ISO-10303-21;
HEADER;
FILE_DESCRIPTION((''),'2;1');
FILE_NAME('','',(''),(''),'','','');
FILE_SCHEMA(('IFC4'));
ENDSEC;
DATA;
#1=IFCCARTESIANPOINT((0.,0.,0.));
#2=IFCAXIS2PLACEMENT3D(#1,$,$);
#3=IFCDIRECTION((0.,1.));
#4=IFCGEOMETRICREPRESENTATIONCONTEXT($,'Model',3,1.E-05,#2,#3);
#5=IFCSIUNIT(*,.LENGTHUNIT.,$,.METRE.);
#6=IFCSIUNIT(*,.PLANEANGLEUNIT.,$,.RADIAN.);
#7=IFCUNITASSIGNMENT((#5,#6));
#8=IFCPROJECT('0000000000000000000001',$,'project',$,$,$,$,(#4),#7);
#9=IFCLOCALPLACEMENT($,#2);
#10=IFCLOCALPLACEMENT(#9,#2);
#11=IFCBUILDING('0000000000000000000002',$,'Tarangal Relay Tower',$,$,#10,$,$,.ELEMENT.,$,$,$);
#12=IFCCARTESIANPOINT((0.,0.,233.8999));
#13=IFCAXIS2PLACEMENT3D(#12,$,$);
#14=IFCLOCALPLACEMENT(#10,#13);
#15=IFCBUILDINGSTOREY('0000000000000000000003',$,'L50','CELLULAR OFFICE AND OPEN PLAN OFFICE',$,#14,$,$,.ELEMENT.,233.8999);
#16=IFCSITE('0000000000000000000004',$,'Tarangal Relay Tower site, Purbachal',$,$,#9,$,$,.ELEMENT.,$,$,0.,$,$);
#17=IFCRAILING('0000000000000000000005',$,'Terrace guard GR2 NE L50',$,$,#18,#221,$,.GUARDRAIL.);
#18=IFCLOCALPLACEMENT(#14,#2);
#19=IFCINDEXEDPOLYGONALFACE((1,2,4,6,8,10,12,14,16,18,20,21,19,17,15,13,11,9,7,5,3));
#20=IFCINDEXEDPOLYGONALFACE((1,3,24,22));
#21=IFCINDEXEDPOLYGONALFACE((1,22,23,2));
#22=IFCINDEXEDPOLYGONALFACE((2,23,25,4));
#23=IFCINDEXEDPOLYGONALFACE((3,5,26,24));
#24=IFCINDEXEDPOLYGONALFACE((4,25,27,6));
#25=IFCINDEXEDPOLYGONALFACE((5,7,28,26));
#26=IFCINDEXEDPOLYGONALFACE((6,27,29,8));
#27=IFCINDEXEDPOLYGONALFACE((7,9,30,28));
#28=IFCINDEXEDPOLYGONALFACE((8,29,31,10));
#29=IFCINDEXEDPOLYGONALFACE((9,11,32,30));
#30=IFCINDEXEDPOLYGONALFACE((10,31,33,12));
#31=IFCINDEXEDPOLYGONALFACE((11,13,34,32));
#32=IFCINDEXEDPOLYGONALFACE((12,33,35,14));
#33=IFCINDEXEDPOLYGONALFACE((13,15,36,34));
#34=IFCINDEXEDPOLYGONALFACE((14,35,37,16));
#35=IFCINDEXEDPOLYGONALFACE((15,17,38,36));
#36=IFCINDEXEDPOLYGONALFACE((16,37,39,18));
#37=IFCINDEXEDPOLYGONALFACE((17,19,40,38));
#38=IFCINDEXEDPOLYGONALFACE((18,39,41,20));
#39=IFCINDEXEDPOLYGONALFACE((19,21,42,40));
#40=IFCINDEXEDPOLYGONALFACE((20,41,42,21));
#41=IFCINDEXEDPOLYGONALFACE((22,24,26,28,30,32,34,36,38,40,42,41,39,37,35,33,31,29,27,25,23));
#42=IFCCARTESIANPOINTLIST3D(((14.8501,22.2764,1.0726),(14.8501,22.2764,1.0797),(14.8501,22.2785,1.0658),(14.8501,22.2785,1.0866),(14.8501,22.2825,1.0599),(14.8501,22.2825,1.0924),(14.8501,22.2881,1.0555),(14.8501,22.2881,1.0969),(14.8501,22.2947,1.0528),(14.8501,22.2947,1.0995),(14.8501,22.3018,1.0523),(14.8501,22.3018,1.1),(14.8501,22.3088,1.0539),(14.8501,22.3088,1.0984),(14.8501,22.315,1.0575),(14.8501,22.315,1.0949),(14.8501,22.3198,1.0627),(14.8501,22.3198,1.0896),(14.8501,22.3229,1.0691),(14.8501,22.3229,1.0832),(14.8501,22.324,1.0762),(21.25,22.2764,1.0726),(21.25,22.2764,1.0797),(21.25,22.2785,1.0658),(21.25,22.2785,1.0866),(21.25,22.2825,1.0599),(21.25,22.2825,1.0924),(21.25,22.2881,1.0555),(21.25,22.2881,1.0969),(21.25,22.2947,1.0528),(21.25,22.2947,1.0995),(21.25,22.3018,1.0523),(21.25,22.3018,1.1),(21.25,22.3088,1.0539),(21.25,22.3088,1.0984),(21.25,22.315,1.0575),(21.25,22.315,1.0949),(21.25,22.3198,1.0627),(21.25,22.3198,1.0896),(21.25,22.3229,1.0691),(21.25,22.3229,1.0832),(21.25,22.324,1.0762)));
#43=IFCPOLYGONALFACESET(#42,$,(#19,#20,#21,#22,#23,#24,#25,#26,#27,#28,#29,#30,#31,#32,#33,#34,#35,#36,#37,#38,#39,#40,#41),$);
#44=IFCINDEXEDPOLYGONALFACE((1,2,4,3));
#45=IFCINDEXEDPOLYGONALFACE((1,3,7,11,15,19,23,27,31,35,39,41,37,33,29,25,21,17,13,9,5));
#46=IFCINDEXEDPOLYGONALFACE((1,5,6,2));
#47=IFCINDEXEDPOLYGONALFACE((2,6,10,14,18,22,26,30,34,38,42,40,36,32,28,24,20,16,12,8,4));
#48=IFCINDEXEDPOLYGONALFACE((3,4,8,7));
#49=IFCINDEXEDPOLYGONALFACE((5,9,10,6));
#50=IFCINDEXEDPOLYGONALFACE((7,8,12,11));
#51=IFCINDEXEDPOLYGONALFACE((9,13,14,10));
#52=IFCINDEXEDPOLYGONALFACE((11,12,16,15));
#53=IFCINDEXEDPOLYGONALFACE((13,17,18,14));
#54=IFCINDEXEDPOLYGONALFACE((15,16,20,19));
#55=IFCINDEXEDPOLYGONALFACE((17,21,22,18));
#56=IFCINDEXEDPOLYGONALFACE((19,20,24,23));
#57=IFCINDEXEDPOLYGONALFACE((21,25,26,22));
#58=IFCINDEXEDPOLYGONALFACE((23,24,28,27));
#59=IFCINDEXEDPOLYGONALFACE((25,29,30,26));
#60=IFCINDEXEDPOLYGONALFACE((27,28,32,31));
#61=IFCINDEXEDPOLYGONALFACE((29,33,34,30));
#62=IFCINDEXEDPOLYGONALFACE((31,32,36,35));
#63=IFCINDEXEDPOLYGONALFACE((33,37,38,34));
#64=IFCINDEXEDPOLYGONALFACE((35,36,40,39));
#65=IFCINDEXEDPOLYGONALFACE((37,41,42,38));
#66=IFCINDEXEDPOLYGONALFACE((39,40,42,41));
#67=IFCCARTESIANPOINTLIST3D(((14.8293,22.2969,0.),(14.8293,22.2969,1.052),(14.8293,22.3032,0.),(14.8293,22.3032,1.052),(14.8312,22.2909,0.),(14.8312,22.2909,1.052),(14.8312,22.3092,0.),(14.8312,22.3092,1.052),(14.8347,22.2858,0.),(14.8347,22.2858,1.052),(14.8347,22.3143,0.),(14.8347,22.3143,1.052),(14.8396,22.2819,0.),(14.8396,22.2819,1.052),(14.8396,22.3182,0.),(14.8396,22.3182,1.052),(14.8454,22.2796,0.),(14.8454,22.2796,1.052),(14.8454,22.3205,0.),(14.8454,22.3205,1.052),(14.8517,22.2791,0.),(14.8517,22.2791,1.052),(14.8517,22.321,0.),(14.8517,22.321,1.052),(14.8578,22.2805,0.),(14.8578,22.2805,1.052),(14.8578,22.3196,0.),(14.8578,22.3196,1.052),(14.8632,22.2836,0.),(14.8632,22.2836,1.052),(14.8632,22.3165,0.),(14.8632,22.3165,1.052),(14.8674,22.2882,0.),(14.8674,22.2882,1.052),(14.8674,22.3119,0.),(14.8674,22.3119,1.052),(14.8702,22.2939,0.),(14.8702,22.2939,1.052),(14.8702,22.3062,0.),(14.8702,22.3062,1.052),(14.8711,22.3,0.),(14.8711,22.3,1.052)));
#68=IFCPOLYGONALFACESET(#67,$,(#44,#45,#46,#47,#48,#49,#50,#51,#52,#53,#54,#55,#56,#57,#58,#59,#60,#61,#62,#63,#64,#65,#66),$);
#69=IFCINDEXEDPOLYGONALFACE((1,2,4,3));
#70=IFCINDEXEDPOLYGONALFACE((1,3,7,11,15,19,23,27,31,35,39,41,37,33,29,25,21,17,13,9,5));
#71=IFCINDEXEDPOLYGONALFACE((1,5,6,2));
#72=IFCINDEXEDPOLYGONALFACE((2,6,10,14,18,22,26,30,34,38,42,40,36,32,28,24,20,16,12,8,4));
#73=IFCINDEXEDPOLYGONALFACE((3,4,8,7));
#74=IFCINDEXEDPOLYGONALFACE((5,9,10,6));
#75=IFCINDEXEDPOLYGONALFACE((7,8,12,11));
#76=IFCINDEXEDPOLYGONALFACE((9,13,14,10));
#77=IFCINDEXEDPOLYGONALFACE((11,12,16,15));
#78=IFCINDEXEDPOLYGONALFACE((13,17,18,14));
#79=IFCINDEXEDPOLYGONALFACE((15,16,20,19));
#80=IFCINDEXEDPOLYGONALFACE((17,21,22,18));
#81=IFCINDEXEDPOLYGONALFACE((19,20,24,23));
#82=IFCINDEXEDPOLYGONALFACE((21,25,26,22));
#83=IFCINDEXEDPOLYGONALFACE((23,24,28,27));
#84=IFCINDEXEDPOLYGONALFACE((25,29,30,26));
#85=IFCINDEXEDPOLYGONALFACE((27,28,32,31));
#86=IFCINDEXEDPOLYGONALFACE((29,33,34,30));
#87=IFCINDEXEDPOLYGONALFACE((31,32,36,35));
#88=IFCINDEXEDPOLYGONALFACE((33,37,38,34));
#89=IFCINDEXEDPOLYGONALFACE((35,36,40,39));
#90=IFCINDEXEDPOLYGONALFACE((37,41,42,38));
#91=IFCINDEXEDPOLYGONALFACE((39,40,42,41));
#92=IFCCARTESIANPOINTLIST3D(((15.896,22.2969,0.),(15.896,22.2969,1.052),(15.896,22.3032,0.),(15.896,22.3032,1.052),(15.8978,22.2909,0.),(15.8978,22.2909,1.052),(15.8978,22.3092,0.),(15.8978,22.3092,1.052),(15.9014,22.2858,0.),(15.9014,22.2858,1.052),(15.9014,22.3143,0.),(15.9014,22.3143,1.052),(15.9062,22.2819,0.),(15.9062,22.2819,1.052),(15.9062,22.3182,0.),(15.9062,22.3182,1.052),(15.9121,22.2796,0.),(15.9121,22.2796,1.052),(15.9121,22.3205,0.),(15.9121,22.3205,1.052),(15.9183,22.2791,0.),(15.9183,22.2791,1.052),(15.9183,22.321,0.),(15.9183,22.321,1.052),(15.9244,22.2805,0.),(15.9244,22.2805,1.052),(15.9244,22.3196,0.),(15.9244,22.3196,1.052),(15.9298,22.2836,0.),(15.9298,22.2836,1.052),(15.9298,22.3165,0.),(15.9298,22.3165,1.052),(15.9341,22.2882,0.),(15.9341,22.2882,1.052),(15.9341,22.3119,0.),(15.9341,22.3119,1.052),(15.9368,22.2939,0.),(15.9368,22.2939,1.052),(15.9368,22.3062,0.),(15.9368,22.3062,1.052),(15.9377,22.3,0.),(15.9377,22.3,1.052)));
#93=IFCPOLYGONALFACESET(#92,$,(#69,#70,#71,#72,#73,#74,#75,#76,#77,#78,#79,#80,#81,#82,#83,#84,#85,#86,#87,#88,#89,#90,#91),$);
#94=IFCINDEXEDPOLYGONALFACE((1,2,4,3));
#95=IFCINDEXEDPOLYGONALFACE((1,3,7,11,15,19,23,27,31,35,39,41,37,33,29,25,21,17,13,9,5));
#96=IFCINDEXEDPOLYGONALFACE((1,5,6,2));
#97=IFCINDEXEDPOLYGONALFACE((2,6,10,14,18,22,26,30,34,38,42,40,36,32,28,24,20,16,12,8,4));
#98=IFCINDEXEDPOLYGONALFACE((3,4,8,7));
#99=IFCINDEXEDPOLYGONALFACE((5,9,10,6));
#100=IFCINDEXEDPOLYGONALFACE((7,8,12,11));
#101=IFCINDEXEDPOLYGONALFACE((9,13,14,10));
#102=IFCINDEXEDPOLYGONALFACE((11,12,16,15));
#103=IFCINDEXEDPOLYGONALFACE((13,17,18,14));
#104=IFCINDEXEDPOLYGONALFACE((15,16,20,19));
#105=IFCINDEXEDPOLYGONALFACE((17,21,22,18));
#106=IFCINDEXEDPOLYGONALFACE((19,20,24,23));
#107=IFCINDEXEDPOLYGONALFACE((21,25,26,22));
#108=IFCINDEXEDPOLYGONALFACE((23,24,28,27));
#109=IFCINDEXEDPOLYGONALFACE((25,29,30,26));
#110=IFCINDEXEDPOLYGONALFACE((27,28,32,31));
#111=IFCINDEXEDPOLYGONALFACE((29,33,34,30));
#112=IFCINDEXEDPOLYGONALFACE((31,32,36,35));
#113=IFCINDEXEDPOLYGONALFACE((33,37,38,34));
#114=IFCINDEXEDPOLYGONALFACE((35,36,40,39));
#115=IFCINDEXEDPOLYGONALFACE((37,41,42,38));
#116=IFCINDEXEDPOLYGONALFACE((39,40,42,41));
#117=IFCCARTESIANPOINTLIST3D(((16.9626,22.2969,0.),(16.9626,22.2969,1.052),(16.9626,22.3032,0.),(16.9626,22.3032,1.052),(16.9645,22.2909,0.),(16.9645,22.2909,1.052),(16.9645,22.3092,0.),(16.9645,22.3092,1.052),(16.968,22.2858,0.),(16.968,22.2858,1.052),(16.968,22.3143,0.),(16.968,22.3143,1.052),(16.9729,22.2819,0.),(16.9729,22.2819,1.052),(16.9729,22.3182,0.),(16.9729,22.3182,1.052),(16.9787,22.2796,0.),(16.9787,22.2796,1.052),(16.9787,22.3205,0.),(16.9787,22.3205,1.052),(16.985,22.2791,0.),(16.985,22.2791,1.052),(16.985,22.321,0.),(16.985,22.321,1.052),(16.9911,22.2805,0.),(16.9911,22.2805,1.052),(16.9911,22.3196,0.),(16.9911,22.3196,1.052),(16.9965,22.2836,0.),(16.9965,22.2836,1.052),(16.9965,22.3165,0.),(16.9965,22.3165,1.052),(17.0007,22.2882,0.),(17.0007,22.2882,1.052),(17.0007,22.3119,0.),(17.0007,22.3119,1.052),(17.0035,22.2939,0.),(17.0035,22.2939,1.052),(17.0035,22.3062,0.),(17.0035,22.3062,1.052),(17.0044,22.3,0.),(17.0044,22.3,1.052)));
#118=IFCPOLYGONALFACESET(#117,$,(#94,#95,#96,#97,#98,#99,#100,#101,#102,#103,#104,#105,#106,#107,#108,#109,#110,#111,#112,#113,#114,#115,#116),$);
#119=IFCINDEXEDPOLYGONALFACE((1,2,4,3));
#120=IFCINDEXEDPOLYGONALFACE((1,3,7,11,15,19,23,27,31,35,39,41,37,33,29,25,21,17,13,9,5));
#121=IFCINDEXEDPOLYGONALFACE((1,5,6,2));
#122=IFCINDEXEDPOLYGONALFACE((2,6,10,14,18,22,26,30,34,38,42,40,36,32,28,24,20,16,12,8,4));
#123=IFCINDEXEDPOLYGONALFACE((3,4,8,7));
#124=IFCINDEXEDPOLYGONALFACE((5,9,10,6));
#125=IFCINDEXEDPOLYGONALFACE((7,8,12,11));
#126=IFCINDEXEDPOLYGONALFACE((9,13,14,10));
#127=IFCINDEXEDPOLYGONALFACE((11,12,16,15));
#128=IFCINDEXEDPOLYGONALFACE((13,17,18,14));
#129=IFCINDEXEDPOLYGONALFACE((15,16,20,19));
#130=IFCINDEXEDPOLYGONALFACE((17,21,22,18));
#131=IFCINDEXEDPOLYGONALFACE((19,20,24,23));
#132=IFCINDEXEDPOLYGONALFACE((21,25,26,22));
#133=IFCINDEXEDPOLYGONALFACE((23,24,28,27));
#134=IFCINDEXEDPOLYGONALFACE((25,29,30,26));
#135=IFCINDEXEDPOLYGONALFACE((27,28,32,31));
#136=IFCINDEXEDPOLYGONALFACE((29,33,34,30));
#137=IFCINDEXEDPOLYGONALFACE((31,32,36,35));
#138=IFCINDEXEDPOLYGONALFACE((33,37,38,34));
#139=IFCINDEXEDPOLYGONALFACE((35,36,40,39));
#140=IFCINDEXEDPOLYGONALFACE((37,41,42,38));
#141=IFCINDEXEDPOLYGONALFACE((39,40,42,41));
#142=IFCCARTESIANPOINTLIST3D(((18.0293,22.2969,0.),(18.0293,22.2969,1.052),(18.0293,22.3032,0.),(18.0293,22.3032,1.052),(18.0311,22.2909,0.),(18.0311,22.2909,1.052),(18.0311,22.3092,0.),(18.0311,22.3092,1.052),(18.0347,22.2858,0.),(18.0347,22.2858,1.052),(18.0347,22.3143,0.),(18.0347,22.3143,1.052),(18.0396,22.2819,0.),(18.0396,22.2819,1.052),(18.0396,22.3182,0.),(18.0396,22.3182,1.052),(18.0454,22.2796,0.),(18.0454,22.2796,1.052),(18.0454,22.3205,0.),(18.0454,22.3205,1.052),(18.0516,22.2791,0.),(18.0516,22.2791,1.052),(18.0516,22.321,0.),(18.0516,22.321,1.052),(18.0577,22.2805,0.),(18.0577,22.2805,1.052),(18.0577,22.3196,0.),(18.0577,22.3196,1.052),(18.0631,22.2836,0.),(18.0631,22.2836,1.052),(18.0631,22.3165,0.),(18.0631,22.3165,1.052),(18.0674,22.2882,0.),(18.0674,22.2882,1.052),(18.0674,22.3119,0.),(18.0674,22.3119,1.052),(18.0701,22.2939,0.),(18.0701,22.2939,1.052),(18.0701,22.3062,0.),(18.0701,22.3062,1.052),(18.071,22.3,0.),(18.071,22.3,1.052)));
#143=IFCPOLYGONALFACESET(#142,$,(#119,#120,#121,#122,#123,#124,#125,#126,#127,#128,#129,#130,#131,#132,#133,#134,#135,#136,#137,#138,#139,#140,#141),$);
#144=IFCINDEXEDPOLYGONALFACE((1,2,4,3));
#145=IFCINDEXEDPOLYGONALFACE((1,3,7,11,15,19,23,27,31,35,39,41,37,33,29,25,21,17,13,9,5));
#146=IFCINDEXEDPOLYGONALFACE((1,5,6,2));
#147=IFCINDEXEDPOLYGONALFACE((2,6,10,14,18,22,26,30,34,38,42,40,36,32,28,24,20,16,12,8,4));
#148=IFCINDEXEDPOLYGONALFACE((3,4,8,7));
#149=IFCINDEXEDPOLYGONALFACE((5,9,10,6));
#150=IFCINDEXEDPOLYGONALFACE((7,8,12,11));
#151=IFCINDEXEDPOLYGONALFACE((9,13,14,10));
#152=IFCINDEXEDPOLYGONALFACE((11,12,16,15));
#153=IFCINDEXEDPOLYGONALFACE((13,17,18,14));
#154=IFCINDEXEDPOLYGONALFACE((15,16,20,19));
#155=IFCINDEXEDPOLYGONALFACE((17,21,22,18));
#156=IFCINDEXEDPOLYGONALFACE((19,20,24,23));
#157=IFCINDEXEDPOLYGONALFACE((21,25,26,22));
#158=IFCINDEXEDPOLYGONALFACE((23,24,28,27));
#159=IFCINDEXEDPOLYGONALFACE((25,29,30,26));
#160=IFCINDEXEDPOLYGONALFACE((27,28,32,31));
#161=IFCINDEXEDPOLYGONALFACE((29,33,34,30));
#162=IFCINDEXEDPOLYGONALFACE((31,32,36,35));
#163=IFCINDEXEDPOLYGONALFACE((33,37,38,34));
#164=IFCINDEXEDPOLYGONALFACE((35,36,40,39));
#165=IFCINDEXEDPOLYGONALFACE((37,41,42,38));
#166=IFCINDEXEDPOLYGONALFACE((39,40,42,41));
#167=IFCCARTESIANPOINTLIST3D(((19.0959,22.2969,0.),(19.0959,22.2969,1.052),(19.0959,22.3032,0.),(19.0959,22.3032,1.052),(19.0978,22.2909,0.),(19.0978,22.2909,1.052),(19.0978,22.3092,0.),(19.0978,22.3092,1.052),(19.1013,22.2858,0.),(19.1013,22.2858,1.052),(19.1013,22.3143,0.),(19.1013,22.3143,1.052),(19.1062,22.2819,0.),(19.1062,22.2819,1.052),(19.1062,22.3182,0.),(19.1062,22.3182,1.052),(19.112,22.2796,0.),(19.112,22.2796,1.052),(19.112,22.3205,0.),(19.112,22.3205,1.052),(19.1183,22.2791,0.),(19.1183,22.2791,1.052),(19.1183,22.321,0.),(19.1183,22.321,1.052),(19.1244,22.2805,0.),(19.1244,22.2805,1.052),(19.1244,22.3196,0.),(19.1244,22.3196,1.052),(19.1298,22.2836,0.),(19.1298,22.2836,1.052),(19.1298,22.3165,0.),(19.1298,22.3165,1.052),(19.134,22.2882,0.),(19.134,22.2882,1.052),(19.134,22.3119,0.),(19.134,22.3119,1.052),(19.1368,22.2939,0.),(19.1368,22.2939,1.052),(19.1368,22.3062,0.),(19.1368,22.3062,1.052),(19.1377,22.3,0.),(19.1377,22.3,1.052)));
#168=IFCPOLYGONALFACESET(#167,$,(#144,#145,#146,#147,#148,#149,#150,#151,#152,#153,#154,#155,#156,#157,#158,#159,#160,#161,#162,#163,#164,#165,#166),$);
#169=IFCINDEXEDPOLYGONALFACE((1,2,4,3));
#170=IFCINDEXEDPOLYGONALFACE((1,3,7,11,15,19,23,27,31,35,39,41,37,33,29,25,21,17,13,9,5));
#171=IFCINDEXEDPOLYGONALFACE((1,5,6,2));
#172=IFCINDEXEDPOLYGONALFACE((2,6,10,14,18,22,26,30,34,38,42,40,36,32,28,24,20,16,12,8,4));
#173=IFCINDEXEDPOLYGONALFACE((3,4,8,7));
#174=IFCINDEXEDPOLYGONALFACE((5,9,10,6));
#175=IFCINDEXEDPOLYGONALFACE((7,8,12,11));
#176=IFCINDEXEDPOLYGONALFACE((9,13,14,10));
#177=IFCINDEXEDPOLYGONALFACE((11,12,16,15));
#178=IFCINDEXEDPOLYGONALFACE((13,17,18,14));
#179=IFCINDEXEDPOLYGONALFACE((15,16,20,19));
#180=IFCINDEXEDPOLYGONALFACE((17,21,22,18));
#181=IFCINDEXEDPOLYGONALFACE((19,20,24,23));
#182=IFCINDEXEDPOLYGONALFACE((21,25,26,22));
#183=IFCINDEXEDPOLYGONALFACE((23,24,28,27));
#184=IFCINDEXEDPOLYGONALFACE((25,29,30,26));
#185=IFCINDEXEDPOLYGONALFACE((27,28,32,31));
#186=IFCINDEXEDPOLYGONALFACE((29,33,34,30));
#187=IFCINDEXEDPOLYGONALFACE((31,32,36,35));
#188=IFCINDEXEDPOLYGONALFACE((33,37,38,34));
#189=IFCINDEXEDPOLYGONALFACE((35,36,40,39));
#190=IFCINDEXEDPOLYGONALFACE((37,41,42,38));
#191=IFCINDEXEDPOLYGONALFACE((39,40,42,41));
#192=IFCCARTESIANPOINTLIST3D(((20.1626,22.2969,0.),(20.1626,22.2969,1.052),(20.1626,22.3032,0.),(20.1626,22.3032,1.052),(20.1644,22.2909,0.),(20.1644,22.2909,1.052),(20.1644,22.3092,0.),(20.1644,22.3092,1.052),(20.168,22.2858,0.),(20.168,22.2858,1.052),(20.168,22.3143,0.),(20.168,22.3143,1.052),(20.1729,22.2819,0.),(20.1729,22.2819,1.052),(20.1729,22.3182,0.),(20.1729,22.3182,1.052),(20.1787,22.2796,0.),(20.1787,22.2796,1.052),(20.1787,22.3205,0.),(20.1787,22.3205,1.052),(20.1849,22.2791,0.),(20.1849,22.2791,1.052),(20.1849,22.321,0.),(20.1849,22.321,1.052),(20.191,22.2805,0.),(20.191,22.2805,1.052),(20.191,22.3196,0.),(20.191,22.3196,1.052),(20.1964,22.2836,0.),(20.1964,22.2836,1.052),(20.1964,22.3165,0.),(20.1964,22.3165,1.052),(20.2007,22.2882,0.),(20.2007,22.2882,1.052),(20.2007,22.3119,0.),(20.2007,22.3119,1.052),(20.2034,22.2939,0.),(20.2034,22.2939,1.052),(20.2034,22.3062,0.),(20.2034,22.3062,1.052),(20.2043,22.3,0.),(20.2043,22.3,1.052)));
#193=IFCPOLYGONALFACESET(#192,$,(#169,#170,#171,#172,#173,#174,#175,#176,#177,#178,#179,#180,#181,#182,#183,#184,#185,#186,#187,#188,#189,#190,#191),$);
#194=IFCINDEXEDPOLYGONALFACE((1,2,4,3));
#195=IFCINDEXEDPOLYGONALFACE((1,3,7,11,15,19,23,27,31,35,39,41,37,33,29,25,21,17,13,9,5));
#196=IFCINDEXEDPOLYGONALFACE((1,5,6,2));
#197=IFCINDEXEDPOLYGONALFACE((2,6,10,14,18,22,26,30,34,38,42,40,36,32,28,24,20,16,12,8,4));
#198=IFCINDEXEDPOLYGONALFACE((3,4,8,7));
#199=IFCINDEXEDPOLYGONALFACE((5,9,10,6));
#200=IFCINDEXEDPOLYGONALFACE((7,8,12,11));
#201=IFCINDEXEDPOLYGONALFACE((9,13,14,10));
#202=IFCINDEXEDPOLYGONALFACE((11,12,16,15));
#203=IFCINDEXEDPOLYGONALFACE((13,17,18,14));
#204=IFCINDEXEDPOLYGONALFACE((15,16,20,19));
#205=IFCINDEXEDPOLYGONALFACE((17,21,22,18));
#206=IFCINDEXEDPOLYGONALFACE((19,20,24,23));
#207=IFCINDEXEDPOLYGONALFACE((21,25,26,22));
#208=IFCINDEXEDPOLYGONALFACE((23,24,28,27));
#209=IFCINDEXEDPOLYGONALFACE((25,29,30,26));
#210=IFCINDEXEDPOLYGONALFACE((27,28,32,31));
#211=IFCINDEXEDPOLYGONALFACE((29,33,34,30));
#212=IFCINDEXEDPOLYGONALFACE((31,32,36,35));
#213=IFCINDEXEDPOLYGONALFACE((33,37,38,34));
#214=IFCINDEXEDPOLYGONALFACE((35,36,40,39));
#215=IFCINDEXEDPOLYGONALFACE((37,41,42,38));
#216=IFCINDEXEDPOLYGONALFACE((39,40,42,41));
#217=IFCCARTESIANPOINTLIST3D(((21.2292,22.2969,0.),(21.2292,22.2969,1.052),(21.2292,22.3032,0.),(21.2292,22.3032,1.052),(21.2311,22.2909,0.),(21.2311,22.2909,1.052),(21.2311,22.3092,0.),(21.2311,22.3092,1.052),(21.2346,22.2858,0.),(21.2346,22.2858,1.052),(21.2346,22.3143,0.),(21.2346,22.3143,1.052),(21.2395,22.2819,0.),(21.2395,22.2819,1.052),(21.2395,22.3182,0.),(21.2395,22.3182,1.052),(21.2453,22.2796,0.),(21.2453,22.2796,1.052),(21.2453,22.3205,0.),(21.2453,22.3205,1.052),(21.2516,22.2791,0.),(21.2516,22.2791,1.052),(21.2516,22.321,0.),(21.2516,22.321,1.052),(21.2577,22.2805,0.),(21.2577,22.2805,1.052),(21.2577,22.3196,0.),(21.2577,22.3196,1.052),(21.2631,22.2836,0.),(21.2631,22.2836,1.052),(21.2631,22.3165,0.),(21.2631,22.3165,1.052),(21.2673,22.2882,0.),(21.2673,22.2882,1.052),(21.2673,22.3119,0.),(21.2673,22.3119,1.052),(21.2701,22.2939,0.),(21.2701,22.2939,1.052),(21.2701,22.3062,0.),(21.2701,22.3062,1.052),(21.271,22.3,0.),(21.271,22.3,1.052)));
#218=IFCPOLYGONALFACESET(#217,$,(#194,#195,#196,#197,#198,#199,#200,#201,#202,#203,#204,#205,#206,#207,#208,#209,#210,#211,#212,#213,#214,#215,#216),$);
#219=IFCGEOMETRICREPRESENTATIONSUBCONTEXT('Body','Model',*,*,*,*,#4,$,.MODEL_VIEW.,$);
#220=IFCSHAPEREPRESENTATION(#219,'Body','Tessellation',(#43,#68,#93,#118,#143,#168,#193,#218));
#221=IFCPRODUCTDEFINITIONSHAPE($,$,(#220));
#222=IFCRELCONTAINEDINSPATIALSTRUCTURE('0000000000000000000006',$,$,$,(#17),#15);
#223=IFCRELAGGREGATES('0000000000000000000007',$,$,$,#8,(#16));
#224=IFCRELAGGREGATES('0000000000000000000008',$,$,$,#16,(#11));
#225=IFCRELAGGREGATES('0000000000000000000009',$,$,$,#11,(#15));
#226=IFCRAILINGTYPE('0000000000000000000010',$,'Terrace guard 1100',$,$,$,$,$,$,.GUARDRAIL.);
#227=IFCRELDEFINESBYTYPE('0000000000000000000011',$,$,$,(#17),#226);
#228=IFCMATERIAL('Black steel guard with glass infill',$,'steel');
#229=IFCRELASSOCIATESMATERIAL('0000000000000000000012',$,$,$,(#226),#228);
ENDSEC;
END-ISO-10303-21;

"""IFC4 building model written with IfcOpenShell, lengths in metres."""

from ifc_helpers import new_model, si_unit, direction, frame, origin, origin_2d, place, context, subcontext, project, spatial, circle, extrude, material, type_object, element, save


model = new_model("IFC4")

# Units and contexts
model_context = context("Model", 3, precision=1e-05, world=origin(), true_north=direction((0.0, 1.0)))
body_context = subcontext(model_context, "Body", "Model", "MODEL_VIEW")
ifc_project = project(units=[si_unit("LENGTHUNIT", "METRE"), si_unit("PLANEANGLEUNIT", "RADIAN")], contexts=[model_context])

# Site, building, storey
site_placement = place(None, origin())
site = spatial("IfcSite", under=ifc_project, at=site_placement, Name="Tarangal Relay Tower site, Purbachal", CompositionType="ELEMENT", RefElevation=0.0)
building_placement = place(site_placement, origin())
building = spatial("IfcBuilding", under=site, at=building_placement, Name="Tarangal Relay Tower", CompositionType="ELEMENT")
storey_placement = place(building_placement, frame((0.0, 0.0, 233.8999)))
storey = spatial("IfcBuildingStorey", under=building, at=storey_placement, Name="L50", Description="CELLULAR OFFICE AND OPEN PLAN OFFICE", CompositionType="ELEMENT", Elevation=233.8999)

# Railing
ifc_material_1 = material(Name="Black steel guard with glass infill", Category="steel")
railing_type = type_object("IfcRailingType", Name="Terrace guard 1100", PredefinedType="GUARDRAIL", material=ifc_material_1)
railing_1_placement = place(storey_placement, frame((14.8501, 22.3, 0.0)))
element("IfcRailing", 1, at=railing_1_placement, inside=storey, type_object=railing_type, Name="Terrace guard GR2 NE L50", PredefinedType="GUARDRAIL", context=body_context, shape_type="SweptSolid", body=[
    extrude(circle(Radius=0.0239, at=origin_2d()), frame((0.0, 0.0, 1.0762), z_axis=(1.0, 0.0, 0.0), x_axis=(0.0, 1.0, 0.0)), (0.0, 0.0, 1.0), 6.3999),
    extrude(circle(Radius=0.021, at=origin_2d()), origin(), (0.0, 0.0, 1.0), 1.052),
    extrude(circle(Radius=0.021, at=origin_2d()), frame((1.0667, 0.0, 0.0)), (0.0, 0.0, 1.0), 1.052),
    extrude(circle(Radius=0.021, at=origin_2d()), frame((2.1333, 0.0, 0.0)), (0.0, 0.0, 1.0), 1.052),
    extrude(circle(Radius=0.021, at=origin_2d()), frame((3.2, 0.0, 0.0)), (0.0, 0.0, 1.0), 1.052),
    extrude(circle(Radius=0.021, at=origin_2d()), frame((4.2666, 0.0, 0.0)), (0.0, 0.0, 1.0), 1.052),
    extrude(circle(Radius=0.021, at=origin_2d()), frame((5.3333, 0.0, 0.0)), (0.0, 0.0, 1.0), 1.052),
    extrude(circle(Radius=0.021, at=origin_2d()), frame((6.3999, 0.0, 0.0)), (0.0, 0.0, 1.0), 1.052),
])

save(model, "model.ifc")
